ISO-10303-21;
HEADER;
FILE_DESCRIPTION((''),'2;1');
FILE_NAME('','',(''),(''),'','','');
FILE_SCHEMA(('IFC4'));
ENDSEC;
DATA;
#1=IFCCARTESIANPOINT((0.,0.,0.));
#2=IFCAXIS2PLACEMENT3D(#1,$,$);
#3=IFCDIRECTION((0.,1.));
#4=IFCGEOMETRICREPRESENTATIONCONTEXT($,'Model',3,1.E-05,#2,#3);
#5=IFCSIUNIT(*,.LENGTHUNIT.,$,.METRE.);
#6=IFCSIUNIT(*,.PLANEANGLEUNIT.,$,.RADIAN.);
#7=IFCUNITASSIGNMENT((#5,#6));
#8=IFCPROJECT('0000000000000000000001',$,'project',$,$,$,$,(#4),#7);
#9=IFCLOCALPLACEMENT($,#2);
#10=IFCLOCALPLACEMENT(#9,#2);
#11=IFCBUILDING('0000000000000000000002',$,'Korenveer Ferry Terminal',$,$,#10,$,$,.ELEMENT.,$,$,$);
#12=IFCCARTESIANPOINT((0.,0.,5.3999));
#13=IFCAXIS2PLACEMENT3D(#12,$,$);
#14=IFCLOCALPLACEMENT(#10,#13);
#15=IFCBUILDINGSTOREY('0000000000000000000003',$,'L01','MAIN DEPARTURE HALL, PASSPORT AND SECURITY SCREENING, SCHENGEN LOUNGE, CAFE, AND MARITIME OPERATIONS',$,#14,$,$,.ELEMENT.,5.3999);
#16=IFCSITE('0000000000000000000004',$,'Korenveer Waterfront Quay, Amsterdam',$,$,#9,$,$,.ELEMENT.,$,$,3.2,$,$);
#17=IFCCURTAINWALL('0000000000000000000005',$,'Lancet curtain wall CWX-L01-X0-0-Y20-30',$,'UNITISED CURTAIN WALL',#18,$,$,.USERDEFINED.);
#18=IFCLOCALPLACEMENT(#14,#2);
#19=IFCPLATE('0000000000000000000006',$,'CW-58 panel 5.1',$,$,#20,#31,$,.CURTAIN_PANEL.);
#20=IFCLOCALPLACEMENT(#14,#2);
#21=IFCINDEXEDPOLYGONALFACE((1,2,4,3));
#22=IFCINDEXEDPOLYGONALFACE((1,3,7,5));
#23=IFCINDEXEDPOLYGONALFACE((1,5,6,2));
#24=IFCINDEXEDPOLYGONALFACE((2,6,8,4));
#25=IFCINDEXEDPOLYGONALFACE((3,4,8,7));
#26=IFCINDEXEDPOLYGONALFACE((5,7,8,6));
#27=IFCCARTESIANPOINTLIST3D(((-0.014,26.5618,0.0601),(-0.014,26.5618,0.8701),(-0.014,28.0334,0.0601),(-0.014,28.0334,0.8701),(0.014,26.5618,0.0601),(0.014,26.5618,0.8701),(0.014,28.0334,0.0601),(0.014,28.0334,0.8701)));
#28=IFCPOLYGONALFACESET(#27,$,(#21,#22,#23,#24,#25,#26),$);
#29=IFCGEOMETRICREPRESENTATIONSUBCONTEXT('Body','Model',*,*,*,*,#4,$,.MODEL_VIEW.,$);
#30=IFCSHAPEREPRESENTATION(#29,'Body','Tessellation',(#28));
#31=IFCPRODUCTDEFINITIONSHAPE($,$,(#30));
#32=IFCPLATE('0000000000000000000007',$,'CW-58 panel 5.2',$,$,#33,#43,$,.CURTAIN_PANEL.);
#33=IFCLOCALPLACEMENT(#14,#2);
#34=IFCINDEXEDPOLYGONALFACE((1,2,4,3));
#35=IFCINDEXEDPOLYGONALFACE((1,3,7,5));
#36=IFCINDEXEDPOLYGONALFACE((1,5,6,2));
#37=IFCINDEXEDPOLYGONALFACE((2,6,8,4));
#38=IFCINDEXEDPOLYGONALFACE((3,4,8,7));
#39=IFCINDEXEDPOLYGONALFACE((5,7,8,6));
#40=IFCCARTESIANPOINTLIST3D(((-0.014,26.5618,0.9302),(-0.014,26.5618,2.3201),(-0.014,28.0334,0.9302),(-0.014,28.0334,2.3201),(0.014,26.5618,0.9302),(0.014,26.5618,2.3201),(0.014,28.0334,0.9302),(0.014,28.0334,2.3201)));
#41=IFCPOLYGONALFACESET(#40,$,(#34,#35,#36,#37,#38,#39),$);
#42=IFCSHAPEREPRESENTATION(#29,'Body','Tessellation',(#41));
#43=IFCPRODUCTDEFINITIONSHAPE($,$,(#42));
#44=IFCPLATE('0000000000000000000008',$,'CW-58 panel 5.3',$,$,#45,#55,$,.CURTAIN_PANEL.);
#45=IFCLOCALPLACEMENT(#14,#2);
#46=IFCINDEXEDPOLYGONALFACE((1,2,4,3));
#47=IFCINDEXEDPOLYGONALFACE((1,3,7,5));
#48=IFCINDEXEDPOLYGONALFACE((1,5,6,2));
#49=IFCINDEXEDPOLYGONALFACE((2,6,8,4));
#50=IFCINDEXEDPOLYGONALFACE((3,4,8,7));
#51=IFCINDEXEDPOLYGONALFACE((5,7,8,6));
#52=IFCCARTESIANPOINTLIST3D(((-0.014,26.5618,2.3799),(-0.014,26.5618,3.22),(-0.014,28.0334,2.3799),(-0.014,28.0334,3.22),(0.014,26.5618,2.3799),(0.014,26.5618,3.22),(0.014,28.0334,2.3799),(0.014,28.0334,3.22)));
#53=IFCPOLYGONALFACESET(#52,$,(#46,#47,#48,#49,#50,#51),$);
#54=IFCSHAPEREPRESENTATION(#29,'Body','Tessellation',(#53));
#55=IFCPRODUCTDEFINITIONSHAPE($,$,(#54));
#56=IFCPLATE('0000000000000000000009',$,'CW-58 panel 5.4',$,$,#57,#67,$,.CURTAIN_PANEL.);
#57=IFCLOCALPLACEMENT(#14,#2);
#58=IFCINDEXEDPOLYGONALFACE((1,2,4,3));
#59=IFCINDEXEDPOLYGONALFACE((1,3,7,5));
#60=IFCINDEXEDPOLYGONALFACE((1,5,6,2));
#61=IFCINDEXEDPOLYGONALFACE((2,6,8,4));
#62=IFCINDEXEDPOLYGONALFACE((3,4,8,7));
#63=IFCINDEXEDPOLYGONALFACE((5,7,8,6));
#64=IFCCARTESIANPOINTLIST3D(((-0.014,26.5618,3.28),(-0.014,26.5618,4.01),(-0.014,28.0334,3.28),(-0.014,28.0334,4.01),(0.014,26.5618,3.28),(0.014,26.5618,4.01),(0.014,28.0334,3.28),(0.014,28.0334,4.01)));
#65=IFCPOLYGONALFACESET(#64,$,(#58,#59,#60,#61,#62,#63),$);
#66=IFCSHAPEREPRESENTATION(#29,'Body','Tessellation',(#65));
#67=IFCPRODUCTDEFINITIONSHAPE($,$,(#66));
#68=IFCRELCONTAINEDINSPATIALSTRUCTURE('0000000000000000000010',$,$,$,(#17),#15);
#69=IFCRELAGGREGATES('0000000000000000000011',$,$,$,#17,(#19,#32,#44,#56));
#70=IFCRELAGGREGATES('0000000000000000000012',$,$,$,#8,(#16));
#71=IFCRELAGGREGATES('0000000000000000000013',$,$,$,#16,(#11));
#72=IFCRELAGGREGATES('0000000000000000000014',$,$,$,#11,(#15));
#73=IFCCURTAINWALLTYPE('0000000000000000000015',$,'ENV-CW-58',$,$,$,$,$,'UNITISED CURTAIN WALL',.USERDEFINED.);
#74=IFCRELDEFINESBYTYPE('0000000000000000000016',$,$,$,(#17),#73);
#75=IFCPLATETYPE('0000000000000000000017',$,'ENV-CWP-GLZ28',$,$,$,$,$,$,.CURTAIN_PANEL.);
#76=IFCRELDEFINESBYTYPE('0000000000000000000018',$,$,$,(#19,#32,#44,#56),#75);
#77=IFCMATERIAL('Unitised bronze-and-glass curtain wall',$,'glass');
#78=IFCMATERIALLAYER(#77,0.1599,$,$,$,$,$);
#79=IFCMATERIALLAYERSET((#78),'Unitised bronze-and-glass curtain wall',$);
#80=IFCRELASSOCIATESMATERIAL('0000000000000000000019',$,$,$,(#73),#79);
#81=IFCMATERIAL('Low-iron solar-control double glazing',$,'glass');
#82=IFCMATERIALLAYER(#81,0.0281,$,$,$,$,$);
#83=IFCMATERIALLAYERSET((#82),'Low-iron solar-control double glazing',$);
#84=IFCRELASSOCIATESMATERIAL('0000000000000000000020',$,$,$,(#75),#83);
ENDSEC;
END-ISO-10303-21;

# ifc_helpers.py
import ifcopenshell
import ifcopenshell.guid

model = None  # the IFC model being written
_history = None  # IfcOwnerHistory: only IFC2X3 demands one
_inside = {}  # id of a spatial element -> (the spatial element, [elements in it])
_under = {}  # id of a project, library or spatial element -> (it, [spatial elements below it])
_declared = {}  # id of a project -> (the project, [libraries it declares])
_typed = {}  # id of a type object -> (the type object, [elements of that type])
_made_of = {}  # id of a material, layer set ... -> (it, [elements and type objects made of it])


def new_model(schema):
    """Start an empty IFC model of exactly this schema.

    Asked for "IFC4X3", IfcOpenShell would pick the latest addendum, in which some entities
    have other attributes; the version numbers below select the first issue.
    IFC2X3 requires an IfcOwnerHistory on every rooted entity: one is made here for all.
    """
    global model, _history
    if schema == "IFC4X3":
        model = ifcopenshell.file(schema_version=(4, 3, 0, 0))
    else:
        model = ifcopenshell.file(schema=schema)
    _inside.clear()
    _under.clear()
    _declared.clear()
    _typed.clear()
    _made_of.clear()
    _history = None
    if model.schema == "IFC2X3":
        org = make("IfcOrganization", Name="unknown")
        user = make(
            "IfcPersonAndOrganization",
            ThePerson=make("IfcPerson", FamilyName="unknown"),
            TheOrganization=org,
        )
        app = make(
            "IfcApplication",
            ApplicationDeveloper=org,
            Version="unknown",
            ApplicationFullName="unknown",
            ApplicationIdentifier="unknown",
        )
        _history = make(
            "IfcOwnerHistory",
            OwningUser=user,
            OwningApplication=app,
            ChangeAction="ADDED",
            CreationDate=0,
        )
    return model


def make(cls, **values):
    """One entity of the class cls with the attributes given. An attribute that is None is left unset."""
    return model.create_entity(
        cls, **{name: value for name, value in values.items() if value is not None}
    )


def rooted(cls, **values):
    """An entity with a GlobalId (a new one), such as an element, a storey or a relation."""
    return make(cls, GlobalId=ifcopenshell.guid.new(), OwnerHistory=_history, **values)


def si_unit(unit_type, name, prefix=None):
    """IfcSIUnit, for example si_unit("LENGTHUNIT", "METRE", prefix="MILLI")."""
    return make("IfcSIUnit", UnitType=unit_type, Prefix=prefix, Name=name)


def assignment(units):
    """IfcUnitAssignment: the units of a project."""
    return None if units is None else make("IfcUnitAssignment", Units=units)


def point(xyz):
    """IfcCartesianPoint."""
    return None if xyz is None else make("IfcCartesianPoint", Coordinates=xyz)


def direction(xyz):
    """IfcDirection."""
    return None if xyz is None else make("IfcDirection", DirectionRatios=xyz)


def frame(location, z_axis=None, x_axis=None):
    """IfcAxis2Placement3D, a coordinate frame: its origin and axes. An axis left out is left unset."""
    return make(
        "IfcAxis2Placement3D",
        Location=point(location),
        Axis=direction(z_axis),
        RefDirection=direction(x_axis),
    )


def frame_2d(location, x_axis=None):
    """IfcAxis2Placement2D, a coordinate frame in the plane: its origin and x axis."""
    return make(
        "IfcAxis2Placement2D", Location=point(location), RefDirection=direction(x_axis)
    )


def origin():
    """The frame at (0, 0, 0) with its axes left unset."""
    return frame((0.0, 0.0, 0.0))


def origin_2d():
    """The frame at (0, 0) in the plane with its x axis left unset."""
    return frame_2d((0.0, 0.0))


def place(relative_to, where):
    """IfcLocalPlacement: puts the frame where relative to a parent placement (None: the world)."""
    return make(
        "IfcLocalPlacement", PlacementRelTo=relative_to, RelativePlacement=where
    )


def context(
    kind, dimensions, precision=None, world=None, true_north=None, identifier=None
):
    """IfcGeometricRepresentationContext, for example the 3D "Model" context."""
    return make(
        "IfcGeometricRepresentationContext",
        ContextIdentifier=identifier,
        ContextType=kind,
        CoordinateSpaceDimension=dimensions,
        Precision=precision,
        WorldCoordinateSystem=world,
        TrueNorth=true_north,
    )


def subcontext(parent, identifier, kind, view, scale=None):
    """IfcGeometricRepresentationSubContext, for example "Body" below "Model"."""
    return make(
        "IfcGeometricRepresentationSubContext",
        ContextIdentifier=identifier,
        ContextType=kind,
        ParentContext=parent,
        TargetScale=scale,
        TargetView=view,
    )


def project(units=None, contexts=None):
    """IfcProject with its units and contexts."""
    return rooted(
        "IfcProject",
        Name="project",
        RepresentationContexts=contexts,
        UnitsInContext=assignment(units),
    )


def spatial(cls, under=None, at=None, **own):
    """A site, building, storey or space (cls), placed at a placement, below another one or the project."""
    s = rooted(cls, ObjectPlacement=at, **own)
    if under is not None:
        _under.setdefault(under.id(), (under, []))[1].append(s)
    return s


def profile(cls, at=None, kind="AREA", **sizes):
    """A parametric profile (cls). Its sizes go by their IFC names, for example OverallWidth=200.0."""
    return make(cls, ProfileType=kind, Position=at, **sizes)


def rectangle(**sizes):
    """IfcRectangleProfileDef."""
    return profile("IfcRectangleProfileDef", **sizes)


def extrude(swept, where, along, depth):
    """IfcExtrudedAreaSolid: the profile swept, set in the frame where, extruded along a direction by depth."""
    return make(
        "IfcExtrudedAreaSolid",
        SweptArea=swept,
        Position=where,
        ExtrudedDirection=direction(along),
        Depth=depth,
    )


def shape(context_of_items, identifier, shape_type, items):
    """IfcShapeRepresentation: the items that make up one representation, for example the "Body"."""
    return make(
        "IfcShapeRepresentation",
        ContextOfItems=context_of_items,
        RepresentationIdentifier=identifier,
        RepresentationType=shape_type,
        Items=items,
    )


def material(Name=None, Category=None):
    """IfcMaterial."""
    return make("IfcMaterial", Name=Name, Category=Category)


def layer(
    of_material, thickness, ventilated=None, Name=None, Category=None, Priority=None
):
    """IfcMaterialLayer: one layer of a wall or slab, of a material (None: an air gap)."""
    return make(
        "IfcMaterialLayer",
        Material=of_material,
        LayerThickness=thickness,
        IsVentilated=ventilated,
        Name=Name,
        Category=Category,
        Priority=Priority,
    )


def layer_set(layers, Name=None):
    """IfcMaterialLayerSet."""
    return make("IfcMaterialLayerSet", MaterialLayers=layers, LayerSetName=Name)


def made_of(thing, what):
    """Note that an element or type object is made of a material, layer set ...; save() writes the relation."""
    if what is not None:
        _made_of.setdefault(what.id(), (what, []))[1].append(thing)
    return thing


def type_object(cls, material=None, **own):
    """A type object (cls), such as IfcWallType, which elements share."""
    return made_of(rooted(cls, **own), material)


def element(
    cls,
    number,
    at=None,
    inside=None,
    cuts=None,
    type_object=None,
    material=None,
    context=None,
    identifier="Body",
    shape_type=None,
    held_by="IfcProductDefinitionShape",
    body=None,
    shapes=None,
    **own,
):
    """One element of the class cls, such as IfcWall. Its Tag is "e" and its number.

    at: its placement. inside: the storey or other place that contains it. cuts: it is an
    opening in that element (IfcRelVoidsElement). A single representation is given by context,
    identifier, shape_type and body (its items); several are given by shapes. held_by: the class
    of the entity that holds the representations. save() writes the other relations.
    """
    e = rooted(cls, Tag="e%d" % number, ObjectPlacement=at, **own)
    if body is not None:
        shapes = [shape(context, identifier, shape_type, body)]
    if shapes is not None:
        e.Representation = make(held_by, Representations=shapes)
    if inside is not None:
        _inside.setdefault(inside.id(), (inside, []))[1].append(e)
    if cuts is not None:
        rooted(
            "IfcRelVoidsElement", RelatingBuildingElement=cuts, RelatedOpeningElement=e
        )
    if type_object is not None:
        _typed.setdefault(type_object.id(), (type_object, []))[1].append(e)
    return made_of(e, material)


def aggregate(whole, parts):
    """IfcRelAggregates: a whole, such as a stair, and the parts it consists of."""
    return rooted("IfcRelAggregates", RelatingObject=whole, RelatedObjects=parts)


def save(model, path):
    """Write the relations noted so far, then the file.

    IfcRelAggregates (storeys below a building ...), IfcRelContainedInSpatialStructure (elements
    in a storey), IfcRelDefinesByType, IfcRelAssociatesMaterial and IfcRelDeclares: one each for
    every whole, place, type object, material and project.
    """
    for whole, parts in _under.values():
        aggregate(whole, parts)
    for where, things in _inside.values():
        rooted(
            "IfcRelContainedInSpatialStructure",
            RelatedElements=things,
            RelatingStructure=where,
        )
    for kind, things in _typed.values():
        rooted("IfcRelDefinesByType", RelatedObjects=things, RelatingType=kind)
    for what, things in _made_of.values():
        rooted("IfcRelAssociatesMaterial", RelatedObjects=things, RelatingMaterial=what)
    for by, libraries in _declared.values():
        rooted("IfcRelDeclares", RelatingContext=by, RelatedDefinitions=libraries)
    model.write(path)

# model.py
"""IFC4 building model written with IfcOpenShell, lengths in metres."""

from ifc_helpers import new_model, si_unit, direction, frame, origin, origin_2d, place, context, subcontext, project, spatial, rectangle, extrude, material, layer, layer_set, type_object, element, aggregate, save


model = new_model("IFC4")

# Units and contexts
model_context = context("Model", 3, precision=1e-05, world=origin(), true_north=direction((0.0, 1.0)))
body_context = subcontext(model_context, "Body", "Model", "MODEL_VIEW")
ifc_project = project(units=[si_unit("LENGTHUNIT", "METRE"), si_unit("PLANEANGLEUNIT", "RADIAN")], contexts=[model_context])

# Site, building, storey
site_placement = place(None, origin())
site = spatial("IfcSite", under=ifc_project, at=site_placement, Name="Korenveer Waterfront Quay, Amsterdam", CompositionType="ELEMENT", RefElevation=3.2)
building_placement = place(site_placement, origin())
building = spatial("IfcBuilding", under=site, at=building_placement, Name="Korenveer Ferry Terminal", CompositionType="ELEMENT")
storey_placement = place(building_placement, frame((0.0, 0.0, 5.3999)))
storey = spatial("IfcBuildingStorey", under=building, at=storey_placement, Name="L01", Description="MAIN DEPARTURE HALL, PASSPORT AND SECURITY SCREENING, SCHENGEN LOUNGE, CAFE, AND MARITIME OPERATIONS", CompositionType="ELEMENT", Elevation=5.3999)

# Curtain wall, plates
ifc_material_1 = material(Name="Unitised bronze-and-glass curtain wall", Category="glass")
ifc_layer_1 = layer(ifc_material_1, 0.1599)
ifc_layer_set_1 = layer_set([ifc_layer_1], Name="Unitised bronze-and-glass curtain wall")
curtain_wall_type = type_object("IfcCurtainWallType", Name="ENV-CW-58", ElementType="UNITISED CURTAIN WALL", PredefinedType="USERDEFINED", material=ifc_layer_set_1)
curtain_wall_placement = place(storey_placement, frame((0.0, 20.405, 0.0)))
curtain_wall = element("IfcCurtainWall", 1, at=curtain_wall_placement, inside=storey, type_object=curtain_wall_type, Name="Lancet curtain wall CWX-L01-X0-0-Y20-30", ObjectType="UNITISED CURTAIN WALL", PredefinedType="USERDEFINED")
ifc_material_2 = material(Name="Low-iron solar-control double glazing", Category="glass")
ifc_layer_2 = layer(ifc_material_2, 0.0281)
ifc_layer_set_2 = layer_set([ifc_layer_2], Name="Low-iron solar-control double glazing")
plate_type = type_object("IfcPlateType", Name="ENV-CWP-GLZ28", PredefinedType="CURTAIN_PANEL", material=ifc_layer_set_2)
plate_1_placement = place(storey_placement, frame((0.0, 27.2976, 0.0601), z_axis=(0.0, 0.0, 1.0), x_axis=(0.0, 1.0, 0.0)))
plate_1 = element("IfcPlate", 2, at=plate_1_placement, type_object=plate_type, Name="CW-58 panel 5.1", PredefinedType="CURTAIN_PANEL", context=body_context, shape_type="SweptSolid", body=[
    extrude(rectangle(XDim=1.4717, YDim=0.0281, at=origin_2d()), origin(), (0.0, 0.0, 1.0), 0.8101),
])
plate_2_placement = place(storey_placement, frame((0.0, 27.2976, 0.9302), z_axis=(0.0, 0.0, 1.0), x_axis=(0.0, 1.0, 0.0)))
plate_2 = element("IfcPlate", 3, at=plate_2_placement, type_object=plate_type, Name="CW-58 panel 5.2", PredefinedType="CURTAIN_PANEL", context=body_context, shape_type="SweptSolid", body=[
    extrude(rectangle(XDim=1.4717, YDim=0.0281, at=origin_2d()), origin(), (0.0, 0.0, 1.0), 1.3899),
])
plate_3_placement = place(storey_placement, frame((0.0, 27.2976, 2.3799), z_axis=(0.0, 0.0, 1.0), x_axis=(0.0, 1.0, 0.0)))
plate_3 = element("IfcPlate", 4, at=plate_3_placement, type_object=plate_type, Name="CW-58 panel 5.3", PredefinedType="CURTAIN_PANEL", context=body_context, shape_type="SweptSolid", body=[
    extrude(rectangle(XDim=1.4717, YDim=0.0281, at=origin_2d()), origin(), (0.0, 0.0, 1.0), 0.8401),
])
plate_4_placement = place(storey_placement, frame((0.0, 27.2976, 3.28), z_axis=(0.0, 0.0, 1.0), x_axis=(0.0, 1.0, 0.0)))
plate_4 = element("IfcPlate", 5, at=plate_4_placement, type_object=plate_type, Name="CW-58 panel 5.4", PredefinedType="CURTAIN_PANEL", context=body_context, shape_type="SweptSolid", body=[
    extrude(rectangle(XDim=1.4717, YDim=0.0281, at=origin_2d()), origin(), (0.0, 0.0, 1.0), 0.73),
])
aggregate(curtain_wall, [plate_1, plate_2, plate_3, plate_4])

save(model, "model.ifc")
